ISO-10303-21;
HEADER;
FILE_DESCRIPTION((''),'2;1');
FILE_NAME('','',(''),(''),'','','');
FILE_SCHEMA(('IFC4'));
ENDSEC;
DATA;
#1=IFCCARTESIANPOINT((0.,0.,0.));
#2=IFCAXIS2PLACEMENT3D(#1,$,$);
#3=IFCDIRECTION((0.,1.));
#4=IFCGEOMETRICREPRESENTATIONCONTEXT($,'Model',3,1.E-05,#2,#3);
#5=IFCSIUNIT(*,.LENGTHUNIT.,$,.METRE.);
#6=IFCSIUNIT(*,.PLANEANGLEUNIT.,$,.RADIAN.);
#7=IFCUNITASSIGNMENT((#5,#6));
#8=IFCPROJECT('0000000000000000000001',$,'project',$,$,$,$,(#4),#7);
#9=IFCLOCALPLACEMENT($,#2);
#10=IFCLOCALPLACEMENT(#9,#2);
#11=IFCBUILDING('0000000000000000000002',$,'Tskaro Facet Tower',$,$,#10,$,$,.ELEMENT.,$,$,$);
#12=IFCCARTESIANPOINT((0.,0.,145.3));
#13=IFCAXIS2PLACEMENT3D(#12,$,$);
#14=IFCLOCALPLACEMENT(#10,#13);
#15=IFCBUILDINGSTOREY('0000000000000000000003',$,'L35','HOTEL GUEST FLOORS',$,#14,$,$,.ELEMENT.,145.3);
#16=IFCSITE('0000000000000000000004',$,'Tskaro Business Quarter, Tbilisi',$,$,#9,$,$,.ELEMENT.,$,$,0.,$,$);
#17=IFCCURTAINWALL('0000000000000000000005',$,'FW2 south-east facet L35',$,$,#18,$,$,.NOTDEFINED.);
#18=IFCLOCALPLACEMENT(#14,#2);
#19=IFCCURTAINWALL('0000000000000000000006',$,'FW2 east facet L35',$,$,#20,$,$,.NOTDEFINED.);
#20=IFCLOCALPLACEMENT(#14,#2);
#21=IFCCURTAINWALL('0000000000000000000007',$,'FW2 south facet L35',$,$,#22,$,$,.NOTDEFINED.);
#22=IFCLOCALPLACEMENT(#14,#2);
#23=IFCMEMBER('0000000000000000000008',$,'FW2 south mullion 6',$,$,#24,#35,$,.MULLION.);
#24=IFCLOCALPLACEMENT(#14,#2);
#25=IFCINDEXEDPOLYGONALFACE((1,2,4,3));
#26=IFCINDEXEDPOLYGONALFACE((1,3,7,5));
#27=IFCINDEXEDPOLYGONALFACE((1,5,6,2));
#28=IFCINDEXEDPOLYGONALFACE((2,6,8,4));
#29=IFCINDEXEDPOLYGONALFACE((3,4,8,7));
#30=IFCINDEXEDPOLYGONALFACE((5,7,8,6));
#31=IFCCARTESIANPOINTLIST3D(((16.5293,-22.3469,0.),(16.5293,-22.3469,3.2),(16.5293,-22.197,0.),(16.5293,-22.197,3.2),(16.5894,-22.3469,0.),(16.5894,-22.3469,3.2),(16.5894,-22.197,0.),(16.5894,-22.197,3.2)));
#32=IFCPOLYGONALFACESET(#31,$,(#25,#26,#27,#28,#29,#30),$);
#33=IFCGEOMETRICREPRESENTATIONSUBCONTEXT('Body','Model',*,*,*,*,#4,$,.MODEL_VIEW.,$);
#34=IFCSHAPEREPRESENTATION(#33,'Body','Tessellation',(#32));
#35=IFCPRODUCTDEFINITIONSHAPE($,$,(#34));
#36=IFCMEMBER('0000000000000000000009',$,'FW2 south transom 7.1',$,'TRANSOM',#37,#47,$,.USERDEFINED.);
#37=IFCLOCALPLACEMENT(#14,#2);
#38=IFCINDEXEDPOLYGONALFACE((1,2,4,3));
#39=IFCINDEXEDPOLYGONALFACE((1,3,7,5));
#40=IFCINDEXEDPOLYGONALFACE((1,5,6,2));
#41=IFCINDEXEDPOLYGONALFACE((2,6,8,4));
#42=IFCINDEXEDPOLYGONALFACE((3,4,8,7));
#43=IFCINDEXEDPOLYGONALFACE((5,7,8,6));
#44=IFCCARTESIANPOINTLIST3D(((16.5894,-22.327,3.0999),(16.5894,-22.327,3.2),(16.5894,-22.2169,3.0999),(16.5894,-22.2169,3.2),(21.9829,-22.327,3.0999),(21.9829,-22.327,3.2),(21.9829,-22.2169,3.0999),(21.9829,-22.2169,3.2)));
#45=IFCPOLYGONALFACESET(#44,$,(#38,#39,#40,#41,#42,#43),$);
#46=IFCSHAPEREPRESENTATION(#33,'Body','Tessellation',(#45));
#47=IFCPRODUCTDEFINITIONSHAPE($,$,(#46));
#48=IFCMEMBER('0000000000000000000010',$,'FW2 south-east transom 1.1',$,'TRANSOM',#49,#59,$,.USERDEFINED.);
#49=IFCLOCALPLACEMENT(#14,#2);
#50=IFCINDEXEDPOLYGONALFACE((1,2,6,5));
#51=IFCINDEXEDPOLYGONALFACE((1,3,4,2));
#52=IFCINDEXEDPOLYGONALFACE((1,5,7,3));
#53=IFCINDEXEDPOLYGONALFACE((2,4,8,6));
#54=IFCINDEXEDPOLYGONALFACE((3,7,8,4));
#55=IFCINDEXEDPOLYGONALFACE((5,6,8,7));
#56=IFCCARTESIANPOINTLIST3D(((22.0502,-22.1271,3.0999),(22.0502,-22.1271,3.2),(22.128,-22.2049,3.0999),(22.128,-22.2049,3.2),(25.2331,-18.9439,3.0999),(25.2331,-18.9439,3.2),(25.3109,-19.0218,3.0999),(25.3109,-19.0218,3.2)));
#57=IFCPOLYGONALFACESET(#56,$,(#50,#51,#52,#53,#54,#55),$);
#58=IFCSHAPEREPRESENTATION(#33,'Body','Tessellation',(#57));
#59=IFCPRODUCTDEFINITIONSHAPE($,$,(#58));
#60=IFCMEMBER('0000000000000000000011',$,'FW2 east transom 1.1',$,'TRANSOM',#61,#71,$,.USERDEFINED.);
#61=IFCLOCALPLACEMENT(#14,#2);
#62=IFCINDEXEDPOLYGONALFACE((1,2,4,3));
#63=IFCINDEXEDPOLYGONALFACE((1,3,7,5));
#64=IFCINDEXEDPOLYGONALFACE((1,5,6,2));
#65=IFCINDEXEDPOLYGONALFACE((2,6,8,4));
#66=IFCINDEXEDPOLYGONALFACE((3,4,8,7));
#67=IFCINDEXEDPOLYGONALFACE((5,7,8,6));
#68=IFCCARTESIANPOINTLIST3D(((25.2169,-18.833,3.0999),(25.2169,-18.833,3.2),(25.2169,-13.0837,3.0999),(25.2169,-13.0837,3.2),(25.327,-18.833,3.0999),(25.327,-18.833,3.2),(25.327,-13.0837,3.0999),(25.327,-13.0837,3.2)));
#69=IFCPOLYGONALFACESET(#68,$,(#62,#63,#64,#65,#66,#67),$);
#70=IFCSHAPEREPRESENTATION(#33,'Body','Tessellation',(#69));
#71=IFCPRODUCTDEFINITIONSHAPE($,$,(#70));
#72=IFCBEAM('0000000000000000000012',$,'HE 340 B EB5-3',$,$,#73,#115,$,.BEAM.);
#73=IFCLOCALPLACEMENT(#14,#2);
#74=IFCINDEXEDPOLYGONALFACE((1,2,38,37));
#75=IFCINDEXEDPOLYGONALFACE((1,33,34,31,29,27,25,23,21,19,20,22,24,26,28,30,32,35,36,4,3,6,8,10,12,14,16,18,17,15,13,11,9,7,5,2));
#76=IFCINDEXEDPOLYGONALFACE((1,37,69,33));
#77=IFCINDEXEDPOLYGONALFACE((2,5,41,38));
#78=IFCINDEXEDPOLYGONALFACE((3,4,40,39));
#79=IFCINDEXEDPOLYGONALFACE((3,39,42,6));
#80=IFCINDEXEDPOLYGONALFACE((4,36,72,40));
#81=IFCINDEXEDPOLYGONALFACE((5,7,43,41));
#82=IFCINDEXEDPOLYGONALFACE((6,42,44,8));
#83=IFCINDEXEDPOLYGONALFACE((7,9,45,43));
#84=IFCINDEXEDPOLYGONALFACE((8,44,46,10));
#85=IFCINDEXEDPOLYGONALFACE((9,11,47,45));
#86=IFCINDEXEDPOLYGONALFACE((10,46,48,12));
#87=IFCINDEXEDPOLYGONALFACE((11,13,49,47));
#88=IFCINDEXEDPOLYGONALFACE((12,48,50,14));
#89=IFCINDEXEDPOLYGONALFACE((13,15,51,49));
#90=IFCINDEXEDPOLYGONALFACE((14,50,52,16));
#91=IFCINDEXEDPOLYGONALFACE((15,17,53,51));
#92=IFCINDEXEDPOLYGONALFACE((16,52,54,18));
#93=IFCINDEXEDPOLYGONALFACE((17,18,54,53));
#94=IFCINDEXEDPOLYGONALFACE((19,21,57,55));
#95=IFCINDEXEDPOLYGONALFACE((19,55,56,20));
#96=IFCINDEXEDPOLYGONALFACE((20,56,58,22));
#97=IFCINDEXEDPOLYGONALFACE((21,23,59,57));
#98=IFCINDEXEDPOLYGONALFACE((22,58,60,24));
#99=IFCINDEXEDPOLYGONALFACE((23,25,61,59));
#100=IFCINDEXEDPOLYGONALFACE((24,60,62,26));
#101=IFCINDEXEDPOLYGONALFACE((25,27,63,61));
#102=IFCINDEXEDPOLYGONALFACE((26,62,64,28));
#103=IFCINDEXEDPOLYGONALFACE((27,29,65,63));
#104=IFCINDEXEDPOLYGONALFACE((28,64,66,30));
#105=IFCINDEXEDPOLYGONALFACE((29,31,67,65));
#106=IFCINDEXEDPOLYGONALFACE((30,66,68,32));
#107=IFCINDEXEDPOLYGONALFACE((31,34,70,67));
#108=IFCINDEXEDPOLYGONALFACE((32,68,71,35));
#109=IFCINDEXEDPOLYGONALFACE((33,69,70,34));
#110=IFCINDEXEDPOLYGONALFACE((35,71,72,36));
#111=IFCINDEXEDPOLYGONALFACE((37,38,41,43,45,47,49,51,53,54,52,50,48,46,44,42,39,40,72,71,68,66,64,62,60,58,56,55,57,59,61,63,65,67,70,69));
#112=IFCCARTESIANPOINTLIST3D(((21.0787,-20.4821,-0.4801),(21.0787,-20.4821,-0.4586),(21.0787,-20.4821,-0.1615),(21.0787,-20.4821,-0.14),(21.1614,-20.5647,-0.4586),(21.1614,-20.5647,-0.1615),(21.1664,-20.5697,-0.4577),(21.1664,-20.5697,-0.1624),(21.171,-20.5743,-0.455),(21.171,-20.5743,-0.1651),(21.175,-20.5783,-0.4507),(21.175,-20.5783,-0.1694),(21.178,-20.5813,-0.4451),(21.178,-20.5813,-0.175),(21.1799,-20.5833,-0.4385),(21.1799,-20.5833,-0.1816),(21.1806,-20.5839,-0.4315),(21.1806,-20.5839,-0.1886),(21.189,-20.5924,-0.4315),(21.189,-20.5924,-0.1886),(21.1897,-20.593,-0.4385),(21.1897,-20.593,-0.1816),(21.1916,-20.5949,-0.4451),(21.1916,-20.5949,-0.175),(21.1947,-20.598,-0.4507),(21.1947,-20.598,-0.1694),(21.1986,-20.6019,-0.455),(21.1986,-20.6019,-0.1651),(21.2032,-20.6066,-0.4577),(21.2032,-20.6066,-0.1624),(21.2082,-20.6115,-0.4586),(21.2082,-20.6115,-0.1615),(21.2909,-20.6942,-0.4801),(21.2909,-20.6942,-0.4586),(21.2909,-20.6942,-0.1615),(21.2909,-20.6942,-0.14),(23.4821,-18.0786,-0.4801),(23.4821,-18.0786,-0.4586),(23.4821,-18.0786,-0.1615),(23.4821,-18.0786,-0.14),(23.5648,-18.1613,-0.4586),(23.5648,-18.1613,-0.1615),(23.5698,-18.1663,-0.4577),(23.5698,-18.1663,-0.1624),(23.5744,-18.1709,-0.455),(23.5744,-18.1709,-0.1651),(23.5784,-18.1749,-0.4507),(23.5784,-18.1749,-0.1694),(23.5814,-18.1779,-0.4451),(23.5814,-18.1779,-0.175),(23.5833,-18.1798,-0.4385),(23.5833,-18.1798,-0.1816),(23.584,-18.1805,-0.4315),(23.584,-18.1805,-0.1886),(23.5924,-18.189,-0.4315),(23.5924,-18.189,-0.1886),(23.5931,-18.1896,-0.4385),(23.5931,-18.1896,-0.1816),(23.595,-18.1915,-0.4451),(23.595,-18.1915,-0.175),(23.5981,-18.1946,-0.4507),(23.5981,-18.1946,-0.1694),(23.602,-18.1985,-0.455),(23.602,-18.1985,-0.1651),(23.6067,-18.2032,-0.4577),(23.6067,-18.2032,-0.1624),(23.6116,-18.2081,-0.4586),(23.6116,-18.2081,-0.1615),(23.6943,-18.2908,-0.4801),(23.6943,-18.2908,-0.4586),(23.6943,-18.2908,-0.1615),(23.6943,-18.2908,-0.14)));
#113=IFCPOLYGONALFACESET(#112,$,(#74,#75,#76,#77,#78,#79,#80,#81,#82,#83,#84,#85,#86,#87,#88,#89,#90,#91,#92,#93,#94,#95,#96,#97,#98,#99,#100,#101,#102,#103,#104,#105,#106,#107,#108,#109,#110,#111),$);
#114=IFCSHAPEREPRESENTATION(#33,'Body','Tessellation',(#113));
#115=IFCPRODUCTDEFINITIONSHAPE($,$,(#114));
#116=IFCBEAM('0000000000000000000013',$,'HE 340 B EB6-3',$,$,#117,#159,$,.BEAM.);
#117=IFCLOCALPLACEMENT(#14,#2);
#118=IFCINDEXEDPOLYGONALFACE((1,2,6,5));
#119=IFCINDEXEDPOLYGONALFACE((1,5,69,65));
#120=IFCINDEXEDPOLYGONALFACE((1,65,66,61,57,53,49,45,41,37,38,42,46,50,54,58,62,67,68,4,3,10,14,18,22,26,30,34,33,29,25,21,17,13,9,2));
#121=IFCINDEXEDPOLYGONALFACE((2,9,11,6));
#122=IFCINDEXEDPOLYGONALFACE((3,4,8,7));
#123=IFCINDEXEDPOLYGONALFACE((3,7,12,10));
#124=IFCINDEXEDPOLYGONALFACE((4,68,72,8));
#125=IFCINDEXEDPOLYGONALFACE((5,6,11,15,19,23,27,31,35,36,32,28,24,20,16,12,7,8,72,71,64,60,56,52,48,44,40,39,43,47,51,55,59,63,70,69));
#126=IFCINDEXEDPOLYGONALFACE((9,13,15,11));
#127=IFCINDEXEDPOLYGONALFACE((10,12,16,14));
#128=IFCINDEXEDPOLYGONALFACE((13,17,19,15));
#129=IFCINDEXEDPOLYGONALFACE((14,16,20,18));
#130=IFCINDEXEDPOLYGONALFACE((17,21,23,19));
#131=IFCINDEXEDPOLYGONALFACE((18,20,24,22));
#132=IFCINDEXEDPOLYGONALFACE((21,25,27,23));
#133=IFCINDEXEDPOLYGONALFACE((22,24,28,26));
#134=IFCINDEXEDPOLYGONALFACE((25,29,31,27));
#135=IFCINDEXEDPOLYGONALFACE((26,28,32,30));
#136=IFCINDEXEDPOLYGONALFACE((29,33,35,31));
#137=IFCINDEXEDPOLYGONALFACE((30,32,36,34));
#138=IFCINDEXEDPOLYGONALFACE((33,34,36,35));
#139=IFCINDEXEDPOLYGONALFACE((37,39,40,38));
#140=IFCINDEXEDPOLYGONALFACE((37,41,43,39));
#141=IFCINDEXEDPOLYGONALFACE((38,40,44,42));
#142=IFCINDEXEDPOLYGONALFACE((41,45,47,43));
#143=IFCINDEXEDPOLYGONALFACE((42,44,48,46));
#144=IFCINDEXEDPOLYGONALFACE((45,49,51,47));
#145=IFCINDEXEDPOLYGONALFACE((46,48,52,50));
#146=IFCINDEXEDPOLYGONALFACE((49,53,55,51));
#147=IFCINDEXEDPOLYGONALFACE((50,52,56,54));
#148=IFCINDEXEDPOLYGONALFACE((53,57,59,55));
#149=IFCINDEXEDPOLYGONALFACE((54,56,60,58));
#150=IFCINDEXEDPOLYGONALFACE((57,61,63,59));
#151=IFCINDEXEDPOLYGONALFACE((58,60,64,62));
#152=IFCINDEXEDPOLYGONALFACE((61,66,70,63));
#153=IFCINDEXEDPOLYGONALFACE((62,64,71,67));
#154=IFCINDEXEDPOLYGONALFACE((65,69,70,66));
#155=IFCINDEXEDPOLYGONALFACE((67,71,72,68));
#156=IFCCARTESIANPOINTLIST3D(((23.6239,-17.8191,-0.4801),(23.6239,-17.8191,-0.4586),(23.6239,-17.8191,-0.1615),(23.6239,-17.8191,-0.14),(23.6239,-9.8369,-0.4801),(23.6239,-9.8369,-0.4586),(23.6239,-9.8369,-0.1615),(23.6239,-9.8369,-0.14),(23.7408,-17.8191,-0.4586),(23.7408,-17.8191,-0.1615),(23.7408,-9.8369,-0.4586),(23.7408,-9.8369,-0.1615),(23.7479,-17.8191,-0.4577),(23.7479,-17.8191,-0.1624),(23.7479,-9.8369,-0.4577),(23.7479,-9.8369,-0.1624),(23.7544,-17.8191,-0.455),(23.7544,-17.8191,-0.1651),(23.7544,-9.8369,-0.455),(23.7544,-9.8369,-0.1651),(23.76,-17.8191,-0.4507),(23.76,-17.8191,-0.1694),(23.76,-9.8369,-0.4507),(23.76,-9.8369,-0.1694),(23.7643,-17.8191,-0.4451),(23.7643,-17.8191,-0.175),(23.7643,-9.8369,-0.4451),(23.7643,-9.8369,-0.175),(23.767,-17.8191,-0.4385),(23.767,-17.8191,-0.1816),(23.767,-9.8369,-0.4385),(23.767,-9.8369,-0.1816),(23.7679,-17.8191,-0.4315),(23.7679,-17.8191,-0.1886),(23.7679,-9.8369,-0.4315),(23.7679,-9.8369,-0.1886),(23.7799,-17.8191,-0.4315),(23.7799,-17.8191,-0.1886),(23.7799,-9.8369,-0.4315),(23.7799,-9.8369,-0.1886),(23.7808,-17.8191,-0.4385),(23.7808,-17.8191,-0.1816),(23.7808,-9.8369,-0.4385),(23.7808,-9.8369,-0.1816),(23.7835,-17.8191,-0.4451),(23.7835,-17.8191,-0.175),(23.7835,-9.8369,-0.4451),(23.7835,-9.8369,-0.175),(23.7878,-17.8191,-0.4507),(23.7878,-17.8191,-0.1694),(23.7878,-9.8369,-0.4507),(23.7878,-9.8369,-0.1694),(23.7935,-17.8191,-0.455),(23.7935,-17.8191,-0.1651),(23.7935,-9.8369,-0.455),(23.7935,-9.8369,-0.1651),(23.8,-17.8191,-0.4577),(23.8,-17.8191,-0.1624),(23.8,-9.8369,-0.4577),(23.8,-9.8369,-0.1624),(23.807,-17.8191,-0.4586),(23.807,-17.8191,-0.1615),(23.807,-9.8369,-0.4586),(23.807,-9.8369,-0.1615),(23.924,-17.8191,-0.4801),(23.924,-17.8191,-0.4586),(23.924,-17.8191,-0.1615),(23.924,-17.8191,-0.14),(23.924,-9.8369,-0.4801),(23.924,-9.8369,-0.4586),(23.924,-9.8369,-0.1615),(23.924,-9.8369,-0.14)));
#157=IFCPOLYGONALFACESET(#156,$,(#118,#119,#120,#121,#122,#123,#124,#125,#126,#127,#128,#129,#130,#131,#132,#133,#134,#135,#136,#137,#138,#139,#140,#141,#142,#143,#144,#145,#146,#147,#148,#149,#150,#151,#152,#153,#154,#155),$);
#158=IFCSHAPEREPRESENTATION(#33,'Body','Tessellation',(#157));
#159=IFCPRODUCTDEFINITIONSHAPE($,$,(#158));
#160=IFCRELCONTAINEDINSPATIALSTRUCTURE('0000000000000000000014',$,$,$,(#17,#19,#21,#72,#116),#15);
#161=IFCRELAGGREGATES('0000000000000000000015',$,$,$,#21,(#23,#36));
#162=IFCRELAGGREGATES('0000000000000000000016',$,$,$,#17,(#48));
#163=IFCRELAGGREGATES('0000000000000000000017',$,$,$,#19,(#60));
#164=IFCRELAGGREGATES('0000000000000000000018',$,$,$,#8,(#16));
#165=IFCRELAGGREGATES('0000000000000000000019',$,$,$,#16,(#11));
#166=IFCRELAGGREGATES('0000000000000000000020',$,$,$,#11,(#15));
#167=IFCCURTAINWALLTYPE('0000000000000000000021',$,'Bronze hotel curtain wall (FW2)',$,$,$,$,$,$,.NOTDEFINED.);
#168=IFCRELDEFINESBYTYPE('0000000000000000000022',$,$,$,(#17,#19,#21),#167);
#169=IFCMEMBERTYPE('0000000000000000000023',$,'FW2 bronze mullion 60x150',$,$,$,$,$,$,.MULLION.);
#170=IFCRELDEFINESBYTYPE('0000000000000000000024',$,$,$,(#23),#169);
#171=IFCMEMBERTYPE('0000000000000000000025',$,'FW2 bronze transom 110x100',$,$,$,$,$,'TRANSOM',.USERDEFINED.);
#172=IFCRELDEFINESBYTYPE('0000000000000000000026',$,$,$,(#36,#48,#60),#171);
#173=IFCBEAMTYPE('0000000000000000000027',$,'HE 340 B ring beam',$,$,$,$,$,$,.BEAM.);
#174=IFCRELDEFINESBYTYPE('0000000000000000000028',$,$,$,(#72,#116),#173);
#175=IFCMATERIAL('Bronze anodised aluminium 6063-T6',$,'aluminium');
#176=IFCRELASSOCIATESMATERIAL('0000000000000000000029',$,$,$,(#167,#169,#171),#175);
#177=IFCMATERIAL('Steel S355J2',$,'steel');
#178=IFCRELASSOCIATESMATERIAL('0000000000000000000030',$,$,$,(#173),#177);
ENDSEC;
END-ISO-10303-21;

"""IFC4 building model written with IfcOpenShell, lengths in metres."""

from ifc_helpers import new_model, si_unit, direction, frame, origin, origin_2d, place, context, subcontext, project, spatial, rectangle, i_section, extrude, material, material_profile, profile_set, type_object, element, aggregate, save


model = new_model("IFC4")

# Units and contexts
model_context = context("Model", 3, precision=1e-05, world=origin(), true_north=direction((0.0, 1.0)))
body_context = subcontext(model_context, "Body", "Model", "MODEL_VIEW")
ifc_project = project(units=[si_unit("LENGTHUNIT", "METRE"), si_unit("PLANEANGLEUNIT", "RADIAN")], contexts=[model_context])

# Site, building, storey
site_placement = place(None, origin())
site = spatial("IfcSite", under=ifc_project, at=site_placement, Name="Tskaro Business Quarter, Tbilisi", CompositionType="ELEMENT", RefElevation=0.0)
building_placement = place(site_placement, origin())
building = spatial("IfcBuilding", under=site, at=building_placement, Name="Tskaro Facet Tower", CompositionType="ELEMENT")
storey_placement = place(building_placement, frame((0.0, 0.0, 145.3)))
storey = spatial("IfcBuildingStorey", under=building, at=storey_placement, Name="L35", Description="HOTEL GUEST FLOORS", CompositionType="ELEMENT", Elevation=145.3)

# Curtain walls
ifc_material_1 = material(Name="Bronze anodised aluminium 6063-T6", Category="aluminium")
curtain_wall_type = type_object("IfcCurtainWallType", Name="Bronze hotel curtain wall (FW2)", PredefinedType="NOTDEFINED", material=ifc_material_1)
curtain_wall_1_placement = place(storey_placement, origin())
curtain_wall_1 = element("IfcCurtainWall", 1, at=curtain_wall_1_placement, inside=storey, type_object=curtain_wall_type, Name="FW2 south-east facet L35", PredefinedType="NOTDEFINED")
curtain_wall_2_placement = place(storey_placement, origin())
curtain_wall_2 = element("IfcCurtainWall", 2, at=curtain_wall_2_placement, inside=storey, type_object=curtain_wall_type, Name="FW2 east facet L35", PredefinedType="NOTDEFINED")

# Curtain wall, members
curtain_wall_3_placement = place(storey_placement, origin())
curtain_wall_3 = element("IfcCurtainWall", 3, at=curtain_wall_3_placement, inside=storey, type_object=curtain_wall_type, Name="FW2 south facet L35", PredefinedType="NOTDEFINED")
ifc_material_profile_1 = material_profile(ifc_material_1, rectangle(XDim=0.0601, YDim=0.1499, at=origin_2d()), Name="Mullion 60x150")
ifc_profile_set_1 = profile_set([ifc_material_profile_1], Name="Bronze anodised aluminium 6063-T6")
member_type_1 = type_object("IfcMemberType", Name="FW2 bronze mullion 60x150", PredefinedType="MULLION", material=ifc_profile_set_1)
member_1_placement = place(storey_placement, frame((16.5593, -22.272, 0.0), z_axis=(0.0, 0.0, 1.0), x_axis=(1.0, 0.0, 0.0)))
member_1 = element("IfcMember", 4, at=member_1_placement, type_object=member_type_1, Name="FW2 south mullion 6", PredefinedType="MULLION", context=body_context, shape_type="SweptSolid", body=[
    extrude(rectangle(XDim=0.0601, YDim=0.1499, at=origin_2d()), origin(), (0.0, 0.0, 1.0), 3.2),
])
ifc_material_profile_2 = material_profile(ifc_material_1, rectangle(XDim=0.1101, YDim=0.1001, at=origin_2d()), Name="Transom 110x100")
ifc_profile_set_2 = profile_set([ifc_material_profile_2], Name="Bronze anodised aluminium 6063-T6")
member_type_2 = type_object("IfcMemberType", Name="FW2 bronze transom 110x100", ElementType="TRANSOM", PredefinedType="USERDEFINED", material=ifc_profile_set_2)
member_2_placement = place(storey_placement, frame((16.5894, -22.272, 3.1499), z_axis=(1.0, 0.0, 0.0), x_axis=(0.0, 1.0, 0.0)))
member_2 = element("IfcMember", 5, at=member_2_placement, type_object=member_type_2, Name="FW2 south transom 7.1", ObjectType="TRANSOM", PredefinedType="USERDEFINED", context=body_context, shape_type="SweptSolid", body=[
    extrude(rectangle(XDim=0.1101, YDim=0.1001, at=origin_2d()), origin(), (0.0, 0.0, 1.0), 5.3936),
])

# Members
member_3_placement = place(storey_placement, frame((22.0891, -22.166, 3.1499), z_axis=(0.70708, 0.707134, 0.0), x_axis=(-0.707134, 0.70708, 0.0)))
member_3 = element("IfcMember", 6, at=member_3_placement, type_object=member_type_2, Name="FW2 south-east transom 1.1", ObjectType="TRANSOM", PredefinedType="USERDEFINED", context=body_context, shape_type="SweptSolid", body=[
    extrude(rectangle(XDim=0.1101, YDim=0.1001, at=origin_2d()), origin(), (0.0, 0.0, 1.0), 4.5015),
])
member_4_placement = place(storey_placement, frame((25.272, -18.833, 3.1499), z_axis=(0.0, 1.0, 0.0), x_axis=(-1.0, 0.0, 0.0)))
member_4 = element("IfcMember", 7, at=member_4_placement, type_object=member_type_2, Name="FW2 east transom 1.1", ObjectType="TRANSOM", PredefinedType="USERDEFINED", context=body_context, shape_type="SweptSolid", body=[
    extrude(rectangle(XDim=0.1101, YDim=0.1001, at=origin_2d()), origin(), (0.0, 0.0, 1.0), 5.7493),
])

# Beams
ifc_material_2 = material(Name="Steel S355J2", Category="steel")
ifc_material_profile_3 = material_profile(ifc_material_2, i_section(OverallWidth=0.3, OverallDepth=0.3401, WebThickness=0.012, FlangeThickness=0.0215, FilletRadius=0.0271, at=origin_2d()), Name="HE 340 B")
ifc_profile_set_3 = profile_set([ifc_material_profile_3], Name="Steel S355J2")
beam_type_1 = type_object("IfcBeamType", Name="HE 340 B ring beam", PredefinedType="BEAM", material=ifc_profile_set_3)
beam_1_placement = place(storey_placement, frame((21.1848, -20.5881, -0.3101), z_axis=(0.707107, 0.707107, 0.0), x_axis=(-0.707107, 0.707107, 0.0)))
element("IfcBeam", 8, at=beam_1_placement, inside=storey, type_object=beam_type_1, Name="HE 340 B EB5-3", PredefinedType="BEAM", context=body_context, shape_type="SweptSolid", body=[
    extrude(i_section(OverallWidth=0.3, OverallDepth=0.3401, WebThickness=0.012, FlangeThickness=0.0215, FilletRadius=0.0271, at=origin_2d()), origin(), (0.0, 0.0, 1.0), 3.3989),
])
beam_2_placement = place(storey_placement, frame((23.7739, -17.8191, -0.3101), z_axis=(0.0, 1.0, 0.0), x_axis=(-1.0, 0.0, 0.0)))
element("IfcBeam", 9, at=beam_2_placement, inside=storey, type_object=beam_type_1, Name="HE 340 B EB6-3", PredefinedType="BEAM", context=body_context, shape_type="SweptSolid", body=[
    extrude(i_section(OverallWidth=0.3, OverallDepth=0.3401, WebThickness=0.012, FlangeThickness=0.0215, FilletRadius=0.0271, at=origin_2d()), origin(), (0.0, 0.0, 1.0), 7.9822),
])

aggregate(curtain_wall_3, [member_1, member_2])
aggregate(curtain_wall_1, [member_3])
aggregate(curtain_wall_2, [member_4])

save(model, "model.ifc")
